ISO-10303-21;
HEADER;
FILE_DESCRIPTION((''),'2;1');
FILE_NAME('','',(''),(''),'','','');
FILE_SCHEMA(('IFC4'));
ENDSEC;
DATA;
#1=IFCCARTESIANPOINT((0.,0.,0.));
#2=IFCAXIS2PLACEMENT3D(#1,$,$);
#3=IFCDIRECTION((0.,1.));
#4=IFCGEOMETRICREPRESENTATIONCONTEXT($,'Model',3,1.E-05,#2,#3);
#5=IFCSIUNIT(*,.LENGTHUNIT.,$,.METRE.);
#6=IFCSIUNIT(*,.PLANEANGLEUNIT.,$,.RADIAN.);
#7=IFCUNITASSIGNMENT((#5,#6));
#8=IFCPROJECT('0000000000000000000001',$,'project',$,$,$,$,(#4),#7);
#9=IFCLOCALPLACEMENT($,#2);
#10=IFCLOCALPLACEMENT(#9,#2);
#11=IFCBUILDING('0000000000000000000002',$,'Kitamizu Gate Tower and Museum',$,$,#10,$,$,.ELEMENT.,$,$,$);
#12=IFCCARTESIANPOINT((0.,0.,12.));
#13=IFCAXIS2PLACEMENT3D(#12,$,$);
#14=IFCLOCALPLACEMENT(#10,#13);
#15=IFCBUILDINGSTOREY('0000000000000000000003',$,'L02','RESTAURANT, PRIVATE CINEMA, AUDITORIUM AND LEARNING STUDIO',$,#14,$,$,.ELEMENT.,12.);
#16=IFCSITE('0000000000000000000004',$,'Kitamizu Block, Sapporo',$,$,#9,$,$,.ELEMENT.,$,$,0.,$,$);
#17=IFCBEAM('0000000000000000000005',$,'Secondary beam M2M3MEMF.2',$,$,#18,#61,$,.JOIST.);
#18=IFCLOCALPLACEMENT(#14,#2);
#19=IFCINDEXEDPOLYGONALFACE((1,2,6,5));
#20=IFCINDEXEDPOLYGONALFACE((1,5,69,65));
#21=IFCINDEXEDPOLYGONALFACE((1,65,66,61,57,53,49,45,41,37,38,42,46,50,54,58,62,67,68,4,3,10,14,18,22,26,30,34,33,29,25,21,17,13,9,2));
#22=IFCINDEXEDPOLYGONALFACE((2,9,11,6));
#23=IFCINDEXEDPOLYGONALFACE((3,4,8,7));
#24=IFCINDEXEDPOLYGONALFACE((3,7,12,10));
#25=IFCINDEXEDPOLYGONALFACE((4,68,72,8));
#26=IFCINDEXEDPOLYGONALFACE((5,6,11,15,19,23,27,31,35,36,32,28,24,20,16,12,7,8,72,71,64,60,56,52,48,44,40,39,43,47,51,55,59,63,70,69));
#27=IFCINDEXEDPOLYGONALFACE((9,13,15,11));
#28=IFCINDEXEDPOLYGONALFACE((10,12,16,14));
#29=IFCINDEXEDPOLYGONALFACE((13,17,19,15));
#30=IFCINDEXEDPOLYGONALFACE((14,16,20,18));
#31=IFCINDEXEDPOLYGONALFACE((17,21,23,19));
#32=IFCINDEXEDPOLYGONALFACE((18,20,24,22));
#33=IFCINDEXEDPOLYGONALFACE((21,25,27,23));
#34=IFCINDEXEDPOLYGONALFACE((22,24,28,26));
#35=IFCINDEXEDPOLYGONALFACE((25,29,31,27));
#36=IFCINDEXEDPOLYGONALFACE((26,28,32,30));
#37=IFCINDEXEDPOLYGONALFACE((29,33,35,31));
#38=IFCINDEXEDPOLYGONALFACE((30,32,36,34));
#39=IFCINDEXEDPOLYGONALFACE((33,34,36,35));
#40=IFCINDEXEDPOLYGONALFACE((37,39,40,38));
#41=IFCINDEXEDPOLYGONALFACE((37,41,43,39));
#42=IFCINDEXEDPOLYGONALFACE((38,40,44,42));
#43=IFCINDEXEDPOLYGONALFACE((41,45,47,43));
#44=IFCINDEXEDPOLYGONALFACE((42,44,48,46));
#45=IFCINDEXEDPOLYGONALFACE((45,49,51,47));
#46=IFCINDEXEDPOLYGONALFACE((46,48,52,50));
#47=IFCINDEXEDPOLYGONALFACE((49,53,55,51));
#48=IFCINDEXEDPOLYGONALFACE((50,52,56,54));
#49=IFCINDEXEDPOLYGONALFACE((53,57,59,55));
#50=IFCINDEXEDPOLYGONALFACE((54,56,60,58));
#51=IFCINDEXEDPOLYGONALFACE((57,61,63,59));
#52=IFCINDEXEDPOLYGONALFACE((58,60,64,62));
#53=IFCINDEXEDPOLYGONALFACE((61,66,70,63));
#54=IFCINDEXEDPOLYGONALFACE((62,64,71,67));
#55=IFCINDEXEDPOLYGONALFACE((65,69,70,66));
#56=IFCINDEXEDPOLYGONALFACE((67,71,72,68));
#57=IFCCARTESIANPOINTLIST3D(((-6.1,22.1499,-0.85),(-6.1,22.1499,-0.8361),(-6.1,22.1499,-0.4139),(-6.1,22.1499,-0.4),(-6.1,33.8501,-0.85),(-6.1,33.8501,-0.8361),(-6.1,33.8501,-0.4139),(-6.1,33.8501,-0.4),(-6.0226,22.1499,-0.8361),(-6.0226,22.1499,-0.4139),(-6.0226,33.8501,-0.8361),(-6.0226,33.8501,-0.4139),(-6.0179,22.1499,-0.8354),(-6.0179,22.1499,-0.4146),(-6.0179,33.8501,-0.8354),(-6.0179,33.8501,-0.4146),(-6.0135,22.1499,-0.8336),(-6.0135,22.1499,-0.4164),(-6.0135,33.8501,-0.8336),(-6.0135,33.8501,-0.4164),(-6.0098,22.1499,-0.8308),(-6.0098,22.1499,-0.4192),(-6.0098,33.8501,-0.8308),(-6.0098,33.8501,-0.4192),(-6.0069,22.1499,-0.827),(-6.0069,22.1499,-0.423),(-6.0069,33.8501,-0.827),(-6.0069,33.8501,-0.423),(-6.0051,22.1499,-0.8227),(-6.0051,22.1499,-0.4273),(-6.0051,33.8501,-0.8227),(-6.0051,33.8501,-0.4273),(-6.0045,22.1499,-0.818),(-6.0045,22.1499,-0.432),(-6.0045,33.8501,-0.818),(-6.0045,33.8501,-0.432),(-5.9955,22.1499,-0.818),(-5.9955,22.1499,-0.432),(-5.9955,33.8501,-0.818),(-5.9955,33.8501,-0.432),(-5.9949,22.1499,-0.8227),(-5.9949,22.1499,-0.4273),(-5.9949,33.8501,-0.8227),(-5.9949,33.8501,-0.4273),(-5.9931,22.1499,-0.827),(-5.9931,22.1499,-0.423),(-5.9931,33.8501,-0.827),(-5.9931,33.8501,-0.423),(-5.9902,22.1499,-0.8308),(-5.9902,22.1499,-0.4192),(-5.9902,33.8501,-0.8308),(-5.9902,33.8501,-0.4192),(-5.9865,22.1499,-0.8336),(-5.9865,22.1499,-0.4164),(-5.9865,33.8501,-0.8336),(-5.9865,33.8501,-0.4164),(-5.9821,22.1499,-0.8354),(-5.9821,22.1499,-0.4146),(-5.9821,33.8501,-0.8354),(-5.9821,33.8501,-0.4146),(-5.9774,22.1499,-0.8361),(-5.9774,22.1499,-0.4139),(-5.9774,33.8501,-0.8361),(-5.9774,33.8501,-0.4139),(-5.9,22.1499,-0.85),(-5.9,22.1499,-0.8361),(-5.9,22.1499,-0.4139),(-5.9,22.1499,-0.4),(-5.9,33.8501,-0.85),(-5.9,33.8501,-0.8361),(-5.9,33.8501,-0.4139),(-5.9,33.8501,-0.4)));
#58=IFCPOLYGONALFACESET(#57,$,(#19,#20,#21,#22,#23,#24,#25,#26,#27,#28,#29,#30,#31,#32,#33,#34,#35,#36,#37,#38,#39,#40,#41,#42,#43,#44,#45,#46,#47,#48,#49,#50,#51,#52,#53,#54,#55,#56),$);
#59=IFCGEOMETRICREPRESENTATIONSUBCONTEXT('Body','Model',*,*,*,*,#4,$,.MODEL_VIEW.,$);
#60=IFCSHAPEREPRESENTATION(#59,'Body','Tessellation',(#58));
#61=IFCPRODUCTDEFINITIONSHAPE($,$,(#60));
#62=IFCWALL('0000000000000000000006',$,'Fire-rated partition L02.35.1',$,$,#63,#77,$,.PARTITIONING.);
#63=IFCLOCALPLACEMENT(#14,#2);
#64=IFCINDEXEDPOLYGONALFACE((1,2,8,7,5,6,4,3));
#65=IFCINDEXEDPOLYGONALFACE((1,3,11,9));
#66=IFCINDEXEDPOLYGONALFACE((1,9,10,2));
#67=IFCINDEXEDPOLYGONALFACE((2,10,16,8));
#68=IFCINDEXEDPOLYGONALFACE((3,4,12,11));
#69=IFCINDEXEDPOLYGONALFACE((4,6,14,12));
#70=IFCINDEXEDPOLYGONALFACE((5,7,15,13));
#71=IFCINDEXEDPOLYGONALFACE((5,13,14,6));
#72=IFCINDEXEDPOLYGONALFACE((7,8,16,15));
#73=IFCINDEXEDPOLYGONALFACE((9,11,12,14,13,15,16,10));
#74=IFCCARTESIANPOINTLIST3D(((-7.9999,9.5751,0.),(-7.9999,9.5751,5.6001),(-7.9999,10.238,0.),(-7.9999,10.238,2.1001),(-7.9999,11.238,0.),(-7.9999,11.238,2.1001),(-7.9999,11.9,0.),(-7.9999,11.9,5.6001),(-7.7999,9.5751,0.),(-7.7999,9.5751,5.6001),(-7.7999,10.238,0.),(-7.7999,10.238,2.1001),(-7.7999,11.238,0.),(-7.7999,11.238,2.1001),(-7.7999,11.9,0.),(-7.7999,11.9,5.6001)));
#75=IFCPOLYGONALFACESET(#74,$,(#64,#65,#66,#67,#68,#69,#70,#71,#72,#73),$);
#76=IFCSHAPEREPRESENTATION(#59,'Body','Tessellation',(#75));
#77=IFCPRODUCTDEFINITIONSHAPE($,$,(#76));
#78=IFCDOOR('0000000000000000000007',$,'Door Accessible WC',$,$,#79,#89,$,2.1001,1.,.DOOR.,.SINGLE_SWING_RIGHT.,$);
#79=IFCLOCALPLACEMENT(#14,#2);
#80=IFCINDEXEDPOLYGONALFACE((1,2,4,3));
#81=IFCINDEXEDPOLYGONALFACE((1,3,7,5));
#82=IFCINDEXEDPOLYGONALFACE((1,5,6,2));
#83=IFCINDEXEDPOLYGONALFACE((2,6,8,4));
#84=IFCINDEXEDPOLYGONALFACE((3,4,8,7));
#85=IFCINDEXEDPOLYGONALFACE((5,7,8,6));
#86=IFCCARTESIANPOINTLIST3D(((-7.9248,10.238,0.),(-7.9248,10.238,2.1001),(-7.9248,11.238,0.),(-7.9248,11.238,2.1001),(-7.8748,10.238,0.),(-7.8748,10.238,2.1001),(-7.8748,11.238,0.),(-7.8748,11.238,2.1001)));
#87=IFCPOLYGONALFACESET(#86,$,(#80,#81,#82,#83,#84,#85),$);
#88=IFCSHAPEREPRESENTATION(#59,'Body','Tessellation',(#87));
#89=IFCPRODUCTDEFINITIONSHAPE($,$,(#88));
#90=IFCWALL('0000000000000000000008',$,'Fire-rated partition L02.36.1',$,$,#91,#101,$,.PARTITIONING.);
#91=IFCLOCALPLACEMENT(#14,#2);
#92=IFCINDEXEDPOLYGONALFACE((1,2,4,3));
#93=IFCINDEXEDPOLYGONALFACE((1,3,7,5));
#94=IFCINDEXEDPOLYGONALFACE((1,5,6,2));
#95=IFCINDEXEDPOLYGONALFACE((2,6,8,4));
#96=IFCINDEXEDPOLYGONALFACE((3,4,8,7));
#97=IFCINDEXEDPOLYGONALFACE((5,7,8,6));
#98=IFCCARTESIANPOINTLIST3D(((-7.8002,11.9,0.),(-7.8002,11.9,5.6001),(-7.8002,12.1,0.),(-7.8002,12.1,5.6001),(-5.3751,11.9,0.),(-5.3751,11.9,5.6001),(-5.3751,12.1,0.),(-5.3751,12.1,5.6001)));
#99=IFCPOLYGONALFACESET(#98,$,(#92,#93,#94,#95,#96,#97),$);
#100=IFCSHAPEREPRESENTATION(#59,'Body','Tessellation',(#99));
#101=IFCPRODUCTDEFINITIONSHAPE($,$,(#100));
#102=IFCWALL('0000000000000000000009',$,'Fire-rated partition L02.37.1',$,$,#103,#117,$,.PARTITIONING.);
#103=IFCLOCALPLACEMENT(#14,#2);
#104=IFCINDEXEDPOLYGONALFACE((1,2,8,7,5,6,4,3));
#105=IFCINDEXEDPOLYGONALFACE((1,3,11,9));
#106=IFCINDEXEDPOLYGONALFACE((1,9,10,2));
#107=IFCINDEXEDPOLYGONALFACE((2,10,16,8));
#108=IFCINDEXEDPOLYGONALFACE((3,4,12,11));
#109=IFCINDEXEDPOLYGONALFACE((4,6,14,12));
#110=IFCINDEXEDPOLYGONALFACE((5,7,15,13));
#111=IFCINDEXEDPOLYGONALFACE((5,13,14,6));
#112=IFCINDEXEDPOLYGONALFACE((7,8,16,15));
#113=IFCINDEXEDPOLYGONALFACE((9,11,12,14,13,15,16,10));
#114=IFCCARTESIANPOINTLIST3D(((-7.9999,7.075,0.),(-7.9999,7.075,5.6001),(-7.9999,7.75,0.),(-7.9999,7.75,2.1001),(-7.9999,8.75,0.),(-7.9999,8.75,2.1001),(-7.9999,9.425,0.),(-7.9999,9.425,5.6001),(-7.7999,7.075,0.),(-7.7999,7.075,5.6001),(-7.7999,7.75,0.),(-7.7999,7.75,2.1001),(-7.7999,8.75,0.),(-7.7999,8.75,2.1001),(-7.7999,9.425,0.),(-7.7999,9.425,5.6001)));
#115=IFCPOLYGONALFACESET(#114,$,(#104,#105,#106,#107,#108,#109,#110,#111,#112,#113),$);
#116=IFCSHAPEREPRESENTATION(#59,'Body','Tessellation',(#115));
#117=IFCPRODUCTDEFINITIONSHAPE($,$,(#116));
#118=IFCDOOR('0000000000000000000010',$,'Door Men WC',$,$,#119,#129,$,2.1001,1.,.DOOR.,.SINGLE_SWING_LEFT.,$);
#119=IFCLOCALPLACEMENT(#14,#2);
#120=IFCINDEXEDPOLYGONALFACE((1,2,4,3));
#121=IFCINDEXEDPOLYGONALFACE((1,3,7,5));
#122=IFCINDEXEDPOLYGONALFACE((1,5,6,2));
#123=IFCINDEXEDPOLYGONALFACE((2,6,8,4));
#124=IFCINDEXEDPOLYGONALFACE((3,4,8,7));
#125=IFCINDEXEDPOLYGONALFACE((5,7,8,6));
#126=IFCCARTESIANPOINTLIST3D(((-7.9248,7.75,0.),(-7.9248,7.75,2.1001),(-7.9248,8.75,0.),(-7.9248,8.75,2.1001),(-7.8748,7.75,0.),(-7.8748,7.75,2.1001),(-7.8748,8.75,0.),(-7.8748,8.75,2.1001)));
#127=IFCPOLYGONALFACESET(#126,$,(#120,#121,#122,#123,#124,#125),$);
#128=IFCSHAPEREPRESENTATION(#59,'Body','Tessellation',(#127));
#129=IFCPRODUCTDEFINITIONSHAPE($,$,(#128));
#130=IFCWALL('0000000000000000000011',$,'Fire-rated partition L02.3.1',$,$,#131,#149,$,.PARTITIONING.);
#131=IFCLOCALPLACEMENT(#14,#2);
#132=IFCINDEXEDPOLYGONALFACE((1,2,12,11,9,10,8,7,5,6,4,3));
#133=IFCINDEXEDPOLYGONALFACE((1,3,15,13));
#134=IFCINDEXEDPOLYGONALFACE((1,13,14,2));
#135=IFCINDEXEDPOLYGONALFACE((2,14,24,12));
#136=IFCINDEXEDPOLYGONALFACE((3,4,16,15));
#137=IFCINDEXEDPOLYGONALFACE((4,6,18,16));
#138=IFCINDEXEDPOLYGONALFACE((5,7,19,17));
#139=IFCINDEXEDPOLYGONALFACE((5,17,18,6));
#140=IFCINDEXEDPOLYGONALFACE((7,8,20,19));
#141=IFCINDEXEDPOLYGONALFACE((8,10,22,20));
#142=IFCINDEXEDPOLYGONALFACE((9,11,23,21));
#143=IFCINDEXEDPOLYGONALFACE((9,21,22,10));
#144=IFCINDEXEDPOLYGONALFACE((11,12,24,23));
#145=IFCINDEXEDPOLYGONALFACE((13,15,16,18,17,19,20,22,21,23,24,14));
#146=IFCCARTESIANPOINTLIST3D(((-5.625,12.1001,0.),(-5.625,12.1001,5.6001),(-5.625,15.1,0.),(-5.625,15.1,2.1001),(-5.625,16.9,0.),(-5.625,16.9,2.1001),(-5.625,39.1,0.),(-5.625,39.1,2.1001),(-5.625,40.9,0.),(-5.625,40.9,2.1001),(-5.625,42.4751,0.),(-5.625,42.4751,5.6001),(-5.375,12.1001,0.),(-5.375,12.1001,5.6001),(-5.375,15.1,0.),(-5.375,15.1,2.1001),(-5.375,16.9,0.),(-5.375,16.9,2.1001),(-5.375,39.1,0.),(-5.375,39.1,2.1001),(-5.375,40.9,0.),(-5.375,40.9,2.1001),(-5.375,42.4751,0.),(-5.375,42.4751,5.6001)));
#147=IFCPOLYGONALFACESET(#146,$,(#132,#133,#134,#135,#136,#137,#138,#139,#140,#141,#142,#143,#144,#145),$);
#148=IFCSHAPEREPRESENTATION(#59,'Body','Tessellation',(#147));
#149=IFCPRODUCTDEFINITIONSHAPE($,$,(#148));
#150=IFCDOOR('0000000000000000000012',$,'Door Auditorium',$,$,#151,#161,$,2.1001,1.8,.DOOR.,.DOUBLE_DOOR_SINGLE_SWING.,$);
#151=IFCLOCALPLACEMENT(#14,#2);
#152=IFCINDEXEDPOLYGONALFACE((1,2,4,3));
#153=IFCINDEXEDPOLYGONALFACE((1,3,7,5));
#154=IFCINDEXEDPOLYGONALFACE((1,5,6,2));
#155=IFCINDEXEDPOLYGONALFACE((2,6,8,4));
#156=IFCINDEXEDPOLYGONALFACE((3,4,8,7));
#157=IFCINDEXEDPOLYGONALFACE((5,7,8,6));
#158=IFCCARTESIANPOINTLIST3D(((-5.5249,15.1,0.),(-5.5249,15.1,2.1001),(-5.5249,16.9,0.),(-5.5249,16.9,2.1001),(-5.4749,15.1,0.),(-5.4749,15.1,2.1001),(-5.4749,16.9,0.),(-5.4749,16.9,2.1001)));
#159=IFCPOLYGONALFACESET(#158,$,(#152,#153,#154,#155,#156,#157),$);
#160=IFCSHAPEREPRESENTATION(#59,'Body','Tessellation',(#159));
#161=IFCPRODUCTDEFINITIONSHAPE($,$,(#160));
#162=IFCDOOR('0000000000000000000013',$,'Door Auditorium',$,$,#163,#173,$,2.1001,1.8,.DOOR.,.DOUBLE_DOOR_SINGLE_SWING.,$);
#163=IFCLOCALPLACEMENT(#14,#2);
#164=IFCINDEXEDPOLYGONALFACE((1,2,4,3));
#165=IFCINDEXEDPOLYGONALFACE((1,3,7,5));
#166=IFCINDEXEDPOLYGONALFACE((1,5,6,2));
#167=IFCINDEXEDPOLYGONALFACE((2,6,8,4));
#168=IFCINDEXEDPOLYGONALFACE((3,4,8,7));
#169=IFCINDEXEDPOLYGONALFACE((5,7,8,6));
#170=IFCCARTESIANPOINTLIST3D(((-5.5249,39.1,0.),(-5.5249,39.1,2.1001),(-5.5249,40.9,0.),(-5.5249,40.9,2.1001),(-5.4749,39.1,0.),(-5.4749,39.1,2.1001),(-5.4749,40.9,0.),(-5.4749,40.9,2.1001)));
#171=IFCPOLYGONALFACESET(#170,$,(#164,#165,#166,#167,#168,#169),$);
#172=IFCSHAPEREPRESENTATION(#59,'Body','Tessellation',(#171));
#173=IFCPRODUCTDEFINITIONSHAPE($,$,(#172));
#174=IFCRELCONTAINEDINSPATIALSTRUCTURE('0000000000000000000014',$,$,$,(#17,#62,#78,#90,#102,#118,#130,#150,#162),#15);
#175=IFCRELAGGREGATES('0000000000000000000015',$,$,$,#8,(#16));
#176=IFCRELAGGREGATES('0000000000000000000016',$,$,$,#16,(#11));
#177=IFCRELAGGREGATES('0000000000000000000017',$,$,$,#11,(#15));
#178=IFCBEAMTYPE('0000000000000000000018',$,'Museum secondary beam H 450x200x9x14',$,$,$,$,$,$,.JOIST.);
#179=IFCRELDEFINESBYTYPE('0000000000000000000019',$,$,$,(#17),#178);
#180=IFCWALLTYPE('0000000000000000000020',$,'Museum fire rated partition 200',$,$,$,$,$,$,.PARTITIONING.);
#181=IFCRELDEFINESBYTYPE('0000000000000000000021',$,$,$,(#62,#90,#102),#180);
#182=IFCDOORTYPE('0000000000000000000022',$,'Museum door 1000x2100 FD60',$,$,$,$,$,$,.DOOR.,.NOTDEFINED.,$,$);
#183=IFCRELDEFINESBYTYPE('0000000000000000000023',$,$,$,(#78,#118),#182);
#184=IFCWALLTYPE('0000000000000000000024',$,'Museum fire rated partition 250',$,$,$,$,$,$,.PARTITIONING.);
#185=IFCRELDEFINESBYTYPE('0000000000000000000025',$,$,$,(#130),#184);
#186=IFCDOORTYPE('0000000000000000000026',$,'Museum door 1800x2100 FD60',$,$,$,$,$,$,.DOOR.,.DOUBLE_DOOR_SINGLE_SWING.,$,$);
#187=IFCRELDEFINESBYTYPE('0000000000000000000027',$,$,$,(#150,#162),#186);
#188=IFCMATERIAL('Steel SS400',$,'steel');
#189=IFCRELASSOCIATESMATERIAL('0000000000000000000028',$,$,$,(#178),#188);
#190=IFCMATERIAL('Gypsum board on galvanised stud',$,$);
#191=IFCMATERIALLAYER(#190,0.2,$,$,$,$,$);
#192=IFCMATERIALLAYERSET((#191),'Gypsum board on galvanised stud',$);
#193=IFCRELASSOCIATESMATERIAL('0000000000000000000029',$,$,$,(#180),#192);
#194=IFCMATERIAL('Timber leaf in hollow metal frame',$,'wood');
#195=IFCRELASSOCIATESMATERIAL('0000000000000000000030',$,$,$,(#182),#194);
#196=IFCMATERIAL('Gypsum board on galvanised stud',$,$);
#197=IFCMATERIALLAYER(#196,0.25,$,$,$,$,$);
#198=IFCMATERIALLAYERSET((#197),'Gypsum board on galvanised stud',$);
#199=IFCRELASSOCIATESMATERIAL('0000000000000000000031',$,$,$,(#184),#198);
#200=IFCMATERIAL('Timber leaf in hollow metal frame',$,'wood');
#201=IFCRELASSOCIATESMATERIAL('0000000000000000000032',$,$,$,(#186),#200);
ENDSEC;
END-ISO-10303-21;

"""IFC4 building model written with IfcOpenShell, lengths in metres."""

from ifc_helpers import new_model, si_unit, direction, frame, frame_2d, origin, origin_2d, place, context, subcontext, project, spatial, rectangle, i_section, extrude, material, layer, layer_set, material_profile, profile_set, type_object, element, fill, save


model = new_model("IFC4")

# Units and contexts
model_context = context("Model", 3, precision=1e-05, world=origin(), true_north=direction((0.0, 1.0)))
body_context = subcontext(model_context, "Body", "Model", "MODEL_VIEW")
ifc_project = project(units=[si_unit("LENGTHUNIT", "METRE"), si_unit("PLANEANGLEUNIT", "RADIAN")], contexts=[model_context])

# Site, building, storey
site_placement = place(None, origin())
site = spatial("IfcSite", under=ifc_project, at=site_placement, Name="Kitamizu Block, Sapporo", CompositionType="ELEMENT", RefElevation=0.0)
building_placement = place(site_placement, origin())
building = spatial("IfcBuilding", under=site, at=building_placement, Name="Kitamizu Gate Tower and Museum", CompositionType="ELEMENT")
storey_placement = place(building_placement, frame((0.0, 0.0, 12.0)))
storey = spatial("IfcBuildingStorey", under=building, at=storey_placement, Name="L02", Description="RESTAURANT, PRIVATE CINEMA, AUDITORIUM AND LEARNING STUDIO", CompositionType="ELEMENT", Elevation=12.0)

# Beam
ifc_material_1 = material(Name="Steel SS400", Category="steel")
ifc_material_profile_1 = material_profile(ifc_material_1, i_section(OverallWidth=0.2, OverallDepth=0.45, WebThickness=0.009, FlangeThickness=0.0139, FilletRadius=0.0181, at=origin_2d()), Name="H-450x200x9x14")
ifc_profile_set_1 = profile_set([ifc_material_profile_1], Name="Steel SS400")
beam_type = type_object("IfcBeamType", Name="Museum secondary beam H 450x200x9x14", PredefinedType="JOIST", material=ifc_profile_set_1)
for number, where, z_axis, x_axis, name in (
    (1, (-6.0, 22.1499, -0.625), (0.0, 1.0, 0.0), (-1.0, 0.0, 0.0), "Secondary beam M2M3MEMF.2"),
):
    element("IfcBeam", number, at=place(storey_placement, frame(where, z_axis=z_axis, x_axis=x_axis)), inside=storey, type_object=beam_type, Name=name, PredefinedType="JOIST", context=body_context, shape_type="SweptSolid", body=[
        extrude(i_section(OverallWidth=0.2, OverallDepth=0.45, WebThickness=0.009, FlangeThickness=0.0139, FilletRadius=0.0181, at=origin_2d()), origin(), (0.0, 0.0, 1.0), 11.7002),
    ])

# Wall, opening, door
ifc_material_2 = material(Name="Gypsum board on galvanised stud")
ifc_layer_1 = layer(ifc_material_2, 0.2)
ifc_layer_set_1 = layer_set([ifc_layer_1], Name="Gypsum board on galvanised stud")
wall_type_1 = type_object("IfcWallType", Name="Museum fire rated partition 200", PredefinedType="PARTITIONING", material=ifc_layer_set_1)
wall_1_placement = place(storey_placement, frame((-7.8999, 9.575, 0.0), z_axis=(0.0, 0.0, 1.0), x_axis=(0.0, 1.0, 0.0)))
wall_1 = element("IfcWall", 2, at=wall_1_placement, inside=storey, type_object=wall_type_1, Name="Fire-rated partition L02.35.1", PredefinedType="PARTITIONING", context=body_context, shape_type="SweptSolid", body=[
    extrude(rectangle(XDim=2.325, YDim=0.2, at=frame_2d((1.1626, 0.0))), origin(), (0.0, 0.0, 1.0), 5.6001),
])
opening_1_placement = place(wall_1_placement, frame((0.6631, 0.0, 0.0)))
opening_1 = element("IfcOpeningElement", 3, at=opening_1_placement, cuts=wall_1, PredefinedType="OPENING", context=body_context, shape_type="SweptSolid", body=[
    extrude(rectangle(XDim=1.0, YDim=2.1001, at=frame_2d((0.5, 1.05))), frame((0.0, 0.1099, 0.0), z_axis=(0.0, -1.0, 0.0), x_axis=(1.0, 0.0, 0.0)), (0.0, 0.0, 1.0), 0.22),
])
ifc_material_3 = material(Name="Timber leaf in hollow metal frame", Category="wood")
door_type_1 = type_object("IfcDoorType", Name="Museum door 1000x2100 FD60", OperationType="NOTDEFINED", PredefinedType="DOOR", material=ifc_material_3)
door_1_placement = place(opening_1_placement, origin())
door_1 = element("IfcDoor", 4, at=door_1_placement, inside=storey, type_object=door_type_1, Name="Door Accessible WC", OperationType="SINGLE_SWING_RIGHT", OverallHeight=2.1001, OverallWidth=1.0, PredefinedType="DOOR", context=body_context, shape_type="SweptSolid", body=[
    extrude(rectangle(XDim=1.0, YDim=2.1001, at=frame_2d((0.5, 1.05))), frame((0.0, 0.0249, 0.0), z_axis=(0.0, -1.0, 0.0), x_axis=(1.0, 0.0, 0.0)), (0.0, 0.0, 1.0), 0.05),
])
fill(opening_1, door_1)

# Wall
wall_2_placement = place(storey_placement, frame((-7.8, 12.0, 0.0), z_axis=(0.0, 0.0, 1.0), x_axis=(1.0, 0.0, 0.0)))
element("IfcWall", 5, at=wall_2_placement, inside=storey, type_object=wall_type_1, Name="Fire-rated partition L02.36.1", PredefinedType="PARTITIONING", context=body_context, shape_type="SweptSolid", body=[
    extrude(rectangle(XDim=2.425, YDim=0.2, at=frame_2d((1.2124, 0.0))), origin(), (0.0, 0.0, 1.0), 5.6001),
])

# Wall, opening, door
wall_3_placement = place(storey_placement, frame((-7.8999, 7.075, 0.0), z_axis=(0.0, 0.0, 1.0), x_axis=(0.0, 1.0, 0.0)))
wall_3 = element("IfcWall", 6, at=wall_3_placement, inside=storey, type_object=wall_type_1, Name="Fire-rated partition L02.37.1", PredefinedType="PARTITIONING", context=body_context, shape_type="SweptSolid", body=[
    extrude(rectangle(XDim=2.3501, YDim=0.2, at=frame_2d((1.175, 0.0))), origin(), (0.0, 0.0, 1.0), 5.6001),
])
opening_2_placement = place(wall_3_placement, frame((0.675, 0.0, 0.0)))
opening_2 = element("IfcOpeningElement", 7, at=opening_2_placement, cuts=wall_3, PredefinedType="OPENING", context=body_context, shape_type="SweptSolid", body=[
    extrude(rectangle(XDim=1.0, YDim=2.1001, at=frame_2d((0.5, 1.05))), frame((0.0, 0.1099, 0.0), z_axis=(0.0, -1.0, 0.0), x_axis=(1.0, 0.0, 0.0)), (0.0, 0.0, 1.0), 0.22),
])
door_2_placement = place(opening_2_placement, origin())
door_2 = element("IfcDoor", 8, at=door_2_placement, inside=storey, type_object=door_type_1, Name="Door Men WC", OperationType="SINGLE_SWING_LEFT", OverallHeight=2.1001, OverallWidth=1.0, PredefinedType="DOOR", context=body_context, shape_type="SweptSolid", body=[
    extrude(rectangle(XDim=1.0, YDim=2.1001, at=frame_2d((0.5, 1.05))), frame((0.0, 0.0249, 0.0), z_axis=(0.0, -1.0, 0.0), x_axis=(1.0, 0.0, 0.0)), (0.0, 0.0, 1.0), 0.05),
])
fill(opening_2, door_2)

# Wall, openings, doors
ifc_material_4 = material(Name="Gypsum board on galvanised stud")
ifc_layer_2 = layer(ifc_material_4, 0.25)
ifc_layer_set_2 = layer_set([ifc_layer_2], Name="Gypsum board on galvanised stud")
wall_type_2 = type_object("IfcWallType", Name="Museum fire rated partition 250", PredefinedType="PARTITIONING", material=ifc_layer_set_2)
wall_4_placement = place(storey_placement, frame((-5.5, 12.1001, 0.0), z_axis=(0.0, 0.0, 1.0), x_axis=(0.0, 1.0, 0.0)))
wall_4 = element("IfcWall", 9, at=wall_4_placement, inside=storey, type_object=wall_type_2, Name="Fire-rated partition L02.3.1", PredefinedType="PARTITIONING", context=body_context, shape_type="SweptSolid", body=[
    extrude(rectangle(XDim=30.375, YDim=0.25, at=frame_2d((15.1875, 0.0))), origin(), (0.0, 0.0, 1.0), 5.6001),
])
opening_3_placement = place(wall_4_placement, frame((3.0, 0.0, 0.0)))
opening_3 = element("IfcOpeningElement", 10, at=opening_3_placement, cuts=wall_4, PredefinedType="OPENING", context=body_context, shape_type="SweptSolid", body=[
    extrude(rectangle(XDim=1.8, YDim=2.1001, at=frame_2d((0.8999, 1.05))), frame((0.0, 0.135, 0.0), z_axis=(0.0, -1.0, 0.0), x_axis=(1.0, 0.0, 0.0)), (0.0, 0.0, 1.0), 0.27),
])
opening_4_placement = place(wall_4_placement, frame((27.0, 0.0, 0.0)))
opening_4 = element("IfcOpeningElement", 11, at=opening_4_placement, cuts=wall_4, PredefinedType="OPENING", context=body_context, shape_type="SweptSolid", body=[
    extrude(rectangle(XDim=1.8, YDim=2.1001, at=frame_2d((0.8999, 1.05))), frame((0.0, 0.135, 0.0), z_axis=(0.0, -1.0, 0.0), x_axis=(1.0, 0.0, 0.0)), (0.0, 0.0, 1.0), 0.27),
])
ifc_material_5 = material(Name="Timber leaf in hollow metal frame", Category="wood")
door_type_2 = type_object("IfcDoorType", Name="Museum door 1800x2100 FD60", OperationType="DOUBLE_DOOR_SINGLE_SWING", PredefinedType="DOOR", material=ifc_material_5)
door_3_placement = place(opening_3_placement, origin())
door_3 = element("IfcDoor", 12, at=door_3_placement, inside=storey, type_object=door_type_2, Name="Door Auditorium", OperationType="DOUBLE_DOOR_SINGLE_SWING", OverallHeight=2.1001, OverallWidth=1.8, PredefinedType="DOOR", context=body_context, shape_type="SweptSolid", body=[
    extrude(rectangle(XDim=1.8, YDim=2.1001, at=frame_2d((0.8999, 1.05))), frame((0.0, 0.0249, 0.0), z_axis=(0.0, -1.0, 0.0), x_axis=(1.0, 0.0, 0.0)), (0.0, 0.0, 1.0), 0.05),
])
fill(opening_3, door_3)
door_4_placement = place(opening_4_placement, origin())
door_4 = element("IfcDoor", 13, at=door_4_placement, inside=storey, type_object=door_type_2, Name="Door Auditorium", OperationType="DOUBLE_DOOR_SINGLE_SWING", OverallHeight=2.1001, OverallWidth=1.8, PredefinedType="DOOR", context=body_context, shape_type="SweptSolid", body=[
    extrude(rectangle(XDim=1.8, YDim=2.1001, at=frame_2d((0.8999, 1.05))), frame((0.0, 0.0249, 0.0), z_axis=(0.0, -1.0, 0.0), x_axis=(1.0, 0.0, 0.0)), (0.0, 0.0, 1.0), 0.05),
])
fill(opening_4, door_4)

save(model, "model.ifc")
